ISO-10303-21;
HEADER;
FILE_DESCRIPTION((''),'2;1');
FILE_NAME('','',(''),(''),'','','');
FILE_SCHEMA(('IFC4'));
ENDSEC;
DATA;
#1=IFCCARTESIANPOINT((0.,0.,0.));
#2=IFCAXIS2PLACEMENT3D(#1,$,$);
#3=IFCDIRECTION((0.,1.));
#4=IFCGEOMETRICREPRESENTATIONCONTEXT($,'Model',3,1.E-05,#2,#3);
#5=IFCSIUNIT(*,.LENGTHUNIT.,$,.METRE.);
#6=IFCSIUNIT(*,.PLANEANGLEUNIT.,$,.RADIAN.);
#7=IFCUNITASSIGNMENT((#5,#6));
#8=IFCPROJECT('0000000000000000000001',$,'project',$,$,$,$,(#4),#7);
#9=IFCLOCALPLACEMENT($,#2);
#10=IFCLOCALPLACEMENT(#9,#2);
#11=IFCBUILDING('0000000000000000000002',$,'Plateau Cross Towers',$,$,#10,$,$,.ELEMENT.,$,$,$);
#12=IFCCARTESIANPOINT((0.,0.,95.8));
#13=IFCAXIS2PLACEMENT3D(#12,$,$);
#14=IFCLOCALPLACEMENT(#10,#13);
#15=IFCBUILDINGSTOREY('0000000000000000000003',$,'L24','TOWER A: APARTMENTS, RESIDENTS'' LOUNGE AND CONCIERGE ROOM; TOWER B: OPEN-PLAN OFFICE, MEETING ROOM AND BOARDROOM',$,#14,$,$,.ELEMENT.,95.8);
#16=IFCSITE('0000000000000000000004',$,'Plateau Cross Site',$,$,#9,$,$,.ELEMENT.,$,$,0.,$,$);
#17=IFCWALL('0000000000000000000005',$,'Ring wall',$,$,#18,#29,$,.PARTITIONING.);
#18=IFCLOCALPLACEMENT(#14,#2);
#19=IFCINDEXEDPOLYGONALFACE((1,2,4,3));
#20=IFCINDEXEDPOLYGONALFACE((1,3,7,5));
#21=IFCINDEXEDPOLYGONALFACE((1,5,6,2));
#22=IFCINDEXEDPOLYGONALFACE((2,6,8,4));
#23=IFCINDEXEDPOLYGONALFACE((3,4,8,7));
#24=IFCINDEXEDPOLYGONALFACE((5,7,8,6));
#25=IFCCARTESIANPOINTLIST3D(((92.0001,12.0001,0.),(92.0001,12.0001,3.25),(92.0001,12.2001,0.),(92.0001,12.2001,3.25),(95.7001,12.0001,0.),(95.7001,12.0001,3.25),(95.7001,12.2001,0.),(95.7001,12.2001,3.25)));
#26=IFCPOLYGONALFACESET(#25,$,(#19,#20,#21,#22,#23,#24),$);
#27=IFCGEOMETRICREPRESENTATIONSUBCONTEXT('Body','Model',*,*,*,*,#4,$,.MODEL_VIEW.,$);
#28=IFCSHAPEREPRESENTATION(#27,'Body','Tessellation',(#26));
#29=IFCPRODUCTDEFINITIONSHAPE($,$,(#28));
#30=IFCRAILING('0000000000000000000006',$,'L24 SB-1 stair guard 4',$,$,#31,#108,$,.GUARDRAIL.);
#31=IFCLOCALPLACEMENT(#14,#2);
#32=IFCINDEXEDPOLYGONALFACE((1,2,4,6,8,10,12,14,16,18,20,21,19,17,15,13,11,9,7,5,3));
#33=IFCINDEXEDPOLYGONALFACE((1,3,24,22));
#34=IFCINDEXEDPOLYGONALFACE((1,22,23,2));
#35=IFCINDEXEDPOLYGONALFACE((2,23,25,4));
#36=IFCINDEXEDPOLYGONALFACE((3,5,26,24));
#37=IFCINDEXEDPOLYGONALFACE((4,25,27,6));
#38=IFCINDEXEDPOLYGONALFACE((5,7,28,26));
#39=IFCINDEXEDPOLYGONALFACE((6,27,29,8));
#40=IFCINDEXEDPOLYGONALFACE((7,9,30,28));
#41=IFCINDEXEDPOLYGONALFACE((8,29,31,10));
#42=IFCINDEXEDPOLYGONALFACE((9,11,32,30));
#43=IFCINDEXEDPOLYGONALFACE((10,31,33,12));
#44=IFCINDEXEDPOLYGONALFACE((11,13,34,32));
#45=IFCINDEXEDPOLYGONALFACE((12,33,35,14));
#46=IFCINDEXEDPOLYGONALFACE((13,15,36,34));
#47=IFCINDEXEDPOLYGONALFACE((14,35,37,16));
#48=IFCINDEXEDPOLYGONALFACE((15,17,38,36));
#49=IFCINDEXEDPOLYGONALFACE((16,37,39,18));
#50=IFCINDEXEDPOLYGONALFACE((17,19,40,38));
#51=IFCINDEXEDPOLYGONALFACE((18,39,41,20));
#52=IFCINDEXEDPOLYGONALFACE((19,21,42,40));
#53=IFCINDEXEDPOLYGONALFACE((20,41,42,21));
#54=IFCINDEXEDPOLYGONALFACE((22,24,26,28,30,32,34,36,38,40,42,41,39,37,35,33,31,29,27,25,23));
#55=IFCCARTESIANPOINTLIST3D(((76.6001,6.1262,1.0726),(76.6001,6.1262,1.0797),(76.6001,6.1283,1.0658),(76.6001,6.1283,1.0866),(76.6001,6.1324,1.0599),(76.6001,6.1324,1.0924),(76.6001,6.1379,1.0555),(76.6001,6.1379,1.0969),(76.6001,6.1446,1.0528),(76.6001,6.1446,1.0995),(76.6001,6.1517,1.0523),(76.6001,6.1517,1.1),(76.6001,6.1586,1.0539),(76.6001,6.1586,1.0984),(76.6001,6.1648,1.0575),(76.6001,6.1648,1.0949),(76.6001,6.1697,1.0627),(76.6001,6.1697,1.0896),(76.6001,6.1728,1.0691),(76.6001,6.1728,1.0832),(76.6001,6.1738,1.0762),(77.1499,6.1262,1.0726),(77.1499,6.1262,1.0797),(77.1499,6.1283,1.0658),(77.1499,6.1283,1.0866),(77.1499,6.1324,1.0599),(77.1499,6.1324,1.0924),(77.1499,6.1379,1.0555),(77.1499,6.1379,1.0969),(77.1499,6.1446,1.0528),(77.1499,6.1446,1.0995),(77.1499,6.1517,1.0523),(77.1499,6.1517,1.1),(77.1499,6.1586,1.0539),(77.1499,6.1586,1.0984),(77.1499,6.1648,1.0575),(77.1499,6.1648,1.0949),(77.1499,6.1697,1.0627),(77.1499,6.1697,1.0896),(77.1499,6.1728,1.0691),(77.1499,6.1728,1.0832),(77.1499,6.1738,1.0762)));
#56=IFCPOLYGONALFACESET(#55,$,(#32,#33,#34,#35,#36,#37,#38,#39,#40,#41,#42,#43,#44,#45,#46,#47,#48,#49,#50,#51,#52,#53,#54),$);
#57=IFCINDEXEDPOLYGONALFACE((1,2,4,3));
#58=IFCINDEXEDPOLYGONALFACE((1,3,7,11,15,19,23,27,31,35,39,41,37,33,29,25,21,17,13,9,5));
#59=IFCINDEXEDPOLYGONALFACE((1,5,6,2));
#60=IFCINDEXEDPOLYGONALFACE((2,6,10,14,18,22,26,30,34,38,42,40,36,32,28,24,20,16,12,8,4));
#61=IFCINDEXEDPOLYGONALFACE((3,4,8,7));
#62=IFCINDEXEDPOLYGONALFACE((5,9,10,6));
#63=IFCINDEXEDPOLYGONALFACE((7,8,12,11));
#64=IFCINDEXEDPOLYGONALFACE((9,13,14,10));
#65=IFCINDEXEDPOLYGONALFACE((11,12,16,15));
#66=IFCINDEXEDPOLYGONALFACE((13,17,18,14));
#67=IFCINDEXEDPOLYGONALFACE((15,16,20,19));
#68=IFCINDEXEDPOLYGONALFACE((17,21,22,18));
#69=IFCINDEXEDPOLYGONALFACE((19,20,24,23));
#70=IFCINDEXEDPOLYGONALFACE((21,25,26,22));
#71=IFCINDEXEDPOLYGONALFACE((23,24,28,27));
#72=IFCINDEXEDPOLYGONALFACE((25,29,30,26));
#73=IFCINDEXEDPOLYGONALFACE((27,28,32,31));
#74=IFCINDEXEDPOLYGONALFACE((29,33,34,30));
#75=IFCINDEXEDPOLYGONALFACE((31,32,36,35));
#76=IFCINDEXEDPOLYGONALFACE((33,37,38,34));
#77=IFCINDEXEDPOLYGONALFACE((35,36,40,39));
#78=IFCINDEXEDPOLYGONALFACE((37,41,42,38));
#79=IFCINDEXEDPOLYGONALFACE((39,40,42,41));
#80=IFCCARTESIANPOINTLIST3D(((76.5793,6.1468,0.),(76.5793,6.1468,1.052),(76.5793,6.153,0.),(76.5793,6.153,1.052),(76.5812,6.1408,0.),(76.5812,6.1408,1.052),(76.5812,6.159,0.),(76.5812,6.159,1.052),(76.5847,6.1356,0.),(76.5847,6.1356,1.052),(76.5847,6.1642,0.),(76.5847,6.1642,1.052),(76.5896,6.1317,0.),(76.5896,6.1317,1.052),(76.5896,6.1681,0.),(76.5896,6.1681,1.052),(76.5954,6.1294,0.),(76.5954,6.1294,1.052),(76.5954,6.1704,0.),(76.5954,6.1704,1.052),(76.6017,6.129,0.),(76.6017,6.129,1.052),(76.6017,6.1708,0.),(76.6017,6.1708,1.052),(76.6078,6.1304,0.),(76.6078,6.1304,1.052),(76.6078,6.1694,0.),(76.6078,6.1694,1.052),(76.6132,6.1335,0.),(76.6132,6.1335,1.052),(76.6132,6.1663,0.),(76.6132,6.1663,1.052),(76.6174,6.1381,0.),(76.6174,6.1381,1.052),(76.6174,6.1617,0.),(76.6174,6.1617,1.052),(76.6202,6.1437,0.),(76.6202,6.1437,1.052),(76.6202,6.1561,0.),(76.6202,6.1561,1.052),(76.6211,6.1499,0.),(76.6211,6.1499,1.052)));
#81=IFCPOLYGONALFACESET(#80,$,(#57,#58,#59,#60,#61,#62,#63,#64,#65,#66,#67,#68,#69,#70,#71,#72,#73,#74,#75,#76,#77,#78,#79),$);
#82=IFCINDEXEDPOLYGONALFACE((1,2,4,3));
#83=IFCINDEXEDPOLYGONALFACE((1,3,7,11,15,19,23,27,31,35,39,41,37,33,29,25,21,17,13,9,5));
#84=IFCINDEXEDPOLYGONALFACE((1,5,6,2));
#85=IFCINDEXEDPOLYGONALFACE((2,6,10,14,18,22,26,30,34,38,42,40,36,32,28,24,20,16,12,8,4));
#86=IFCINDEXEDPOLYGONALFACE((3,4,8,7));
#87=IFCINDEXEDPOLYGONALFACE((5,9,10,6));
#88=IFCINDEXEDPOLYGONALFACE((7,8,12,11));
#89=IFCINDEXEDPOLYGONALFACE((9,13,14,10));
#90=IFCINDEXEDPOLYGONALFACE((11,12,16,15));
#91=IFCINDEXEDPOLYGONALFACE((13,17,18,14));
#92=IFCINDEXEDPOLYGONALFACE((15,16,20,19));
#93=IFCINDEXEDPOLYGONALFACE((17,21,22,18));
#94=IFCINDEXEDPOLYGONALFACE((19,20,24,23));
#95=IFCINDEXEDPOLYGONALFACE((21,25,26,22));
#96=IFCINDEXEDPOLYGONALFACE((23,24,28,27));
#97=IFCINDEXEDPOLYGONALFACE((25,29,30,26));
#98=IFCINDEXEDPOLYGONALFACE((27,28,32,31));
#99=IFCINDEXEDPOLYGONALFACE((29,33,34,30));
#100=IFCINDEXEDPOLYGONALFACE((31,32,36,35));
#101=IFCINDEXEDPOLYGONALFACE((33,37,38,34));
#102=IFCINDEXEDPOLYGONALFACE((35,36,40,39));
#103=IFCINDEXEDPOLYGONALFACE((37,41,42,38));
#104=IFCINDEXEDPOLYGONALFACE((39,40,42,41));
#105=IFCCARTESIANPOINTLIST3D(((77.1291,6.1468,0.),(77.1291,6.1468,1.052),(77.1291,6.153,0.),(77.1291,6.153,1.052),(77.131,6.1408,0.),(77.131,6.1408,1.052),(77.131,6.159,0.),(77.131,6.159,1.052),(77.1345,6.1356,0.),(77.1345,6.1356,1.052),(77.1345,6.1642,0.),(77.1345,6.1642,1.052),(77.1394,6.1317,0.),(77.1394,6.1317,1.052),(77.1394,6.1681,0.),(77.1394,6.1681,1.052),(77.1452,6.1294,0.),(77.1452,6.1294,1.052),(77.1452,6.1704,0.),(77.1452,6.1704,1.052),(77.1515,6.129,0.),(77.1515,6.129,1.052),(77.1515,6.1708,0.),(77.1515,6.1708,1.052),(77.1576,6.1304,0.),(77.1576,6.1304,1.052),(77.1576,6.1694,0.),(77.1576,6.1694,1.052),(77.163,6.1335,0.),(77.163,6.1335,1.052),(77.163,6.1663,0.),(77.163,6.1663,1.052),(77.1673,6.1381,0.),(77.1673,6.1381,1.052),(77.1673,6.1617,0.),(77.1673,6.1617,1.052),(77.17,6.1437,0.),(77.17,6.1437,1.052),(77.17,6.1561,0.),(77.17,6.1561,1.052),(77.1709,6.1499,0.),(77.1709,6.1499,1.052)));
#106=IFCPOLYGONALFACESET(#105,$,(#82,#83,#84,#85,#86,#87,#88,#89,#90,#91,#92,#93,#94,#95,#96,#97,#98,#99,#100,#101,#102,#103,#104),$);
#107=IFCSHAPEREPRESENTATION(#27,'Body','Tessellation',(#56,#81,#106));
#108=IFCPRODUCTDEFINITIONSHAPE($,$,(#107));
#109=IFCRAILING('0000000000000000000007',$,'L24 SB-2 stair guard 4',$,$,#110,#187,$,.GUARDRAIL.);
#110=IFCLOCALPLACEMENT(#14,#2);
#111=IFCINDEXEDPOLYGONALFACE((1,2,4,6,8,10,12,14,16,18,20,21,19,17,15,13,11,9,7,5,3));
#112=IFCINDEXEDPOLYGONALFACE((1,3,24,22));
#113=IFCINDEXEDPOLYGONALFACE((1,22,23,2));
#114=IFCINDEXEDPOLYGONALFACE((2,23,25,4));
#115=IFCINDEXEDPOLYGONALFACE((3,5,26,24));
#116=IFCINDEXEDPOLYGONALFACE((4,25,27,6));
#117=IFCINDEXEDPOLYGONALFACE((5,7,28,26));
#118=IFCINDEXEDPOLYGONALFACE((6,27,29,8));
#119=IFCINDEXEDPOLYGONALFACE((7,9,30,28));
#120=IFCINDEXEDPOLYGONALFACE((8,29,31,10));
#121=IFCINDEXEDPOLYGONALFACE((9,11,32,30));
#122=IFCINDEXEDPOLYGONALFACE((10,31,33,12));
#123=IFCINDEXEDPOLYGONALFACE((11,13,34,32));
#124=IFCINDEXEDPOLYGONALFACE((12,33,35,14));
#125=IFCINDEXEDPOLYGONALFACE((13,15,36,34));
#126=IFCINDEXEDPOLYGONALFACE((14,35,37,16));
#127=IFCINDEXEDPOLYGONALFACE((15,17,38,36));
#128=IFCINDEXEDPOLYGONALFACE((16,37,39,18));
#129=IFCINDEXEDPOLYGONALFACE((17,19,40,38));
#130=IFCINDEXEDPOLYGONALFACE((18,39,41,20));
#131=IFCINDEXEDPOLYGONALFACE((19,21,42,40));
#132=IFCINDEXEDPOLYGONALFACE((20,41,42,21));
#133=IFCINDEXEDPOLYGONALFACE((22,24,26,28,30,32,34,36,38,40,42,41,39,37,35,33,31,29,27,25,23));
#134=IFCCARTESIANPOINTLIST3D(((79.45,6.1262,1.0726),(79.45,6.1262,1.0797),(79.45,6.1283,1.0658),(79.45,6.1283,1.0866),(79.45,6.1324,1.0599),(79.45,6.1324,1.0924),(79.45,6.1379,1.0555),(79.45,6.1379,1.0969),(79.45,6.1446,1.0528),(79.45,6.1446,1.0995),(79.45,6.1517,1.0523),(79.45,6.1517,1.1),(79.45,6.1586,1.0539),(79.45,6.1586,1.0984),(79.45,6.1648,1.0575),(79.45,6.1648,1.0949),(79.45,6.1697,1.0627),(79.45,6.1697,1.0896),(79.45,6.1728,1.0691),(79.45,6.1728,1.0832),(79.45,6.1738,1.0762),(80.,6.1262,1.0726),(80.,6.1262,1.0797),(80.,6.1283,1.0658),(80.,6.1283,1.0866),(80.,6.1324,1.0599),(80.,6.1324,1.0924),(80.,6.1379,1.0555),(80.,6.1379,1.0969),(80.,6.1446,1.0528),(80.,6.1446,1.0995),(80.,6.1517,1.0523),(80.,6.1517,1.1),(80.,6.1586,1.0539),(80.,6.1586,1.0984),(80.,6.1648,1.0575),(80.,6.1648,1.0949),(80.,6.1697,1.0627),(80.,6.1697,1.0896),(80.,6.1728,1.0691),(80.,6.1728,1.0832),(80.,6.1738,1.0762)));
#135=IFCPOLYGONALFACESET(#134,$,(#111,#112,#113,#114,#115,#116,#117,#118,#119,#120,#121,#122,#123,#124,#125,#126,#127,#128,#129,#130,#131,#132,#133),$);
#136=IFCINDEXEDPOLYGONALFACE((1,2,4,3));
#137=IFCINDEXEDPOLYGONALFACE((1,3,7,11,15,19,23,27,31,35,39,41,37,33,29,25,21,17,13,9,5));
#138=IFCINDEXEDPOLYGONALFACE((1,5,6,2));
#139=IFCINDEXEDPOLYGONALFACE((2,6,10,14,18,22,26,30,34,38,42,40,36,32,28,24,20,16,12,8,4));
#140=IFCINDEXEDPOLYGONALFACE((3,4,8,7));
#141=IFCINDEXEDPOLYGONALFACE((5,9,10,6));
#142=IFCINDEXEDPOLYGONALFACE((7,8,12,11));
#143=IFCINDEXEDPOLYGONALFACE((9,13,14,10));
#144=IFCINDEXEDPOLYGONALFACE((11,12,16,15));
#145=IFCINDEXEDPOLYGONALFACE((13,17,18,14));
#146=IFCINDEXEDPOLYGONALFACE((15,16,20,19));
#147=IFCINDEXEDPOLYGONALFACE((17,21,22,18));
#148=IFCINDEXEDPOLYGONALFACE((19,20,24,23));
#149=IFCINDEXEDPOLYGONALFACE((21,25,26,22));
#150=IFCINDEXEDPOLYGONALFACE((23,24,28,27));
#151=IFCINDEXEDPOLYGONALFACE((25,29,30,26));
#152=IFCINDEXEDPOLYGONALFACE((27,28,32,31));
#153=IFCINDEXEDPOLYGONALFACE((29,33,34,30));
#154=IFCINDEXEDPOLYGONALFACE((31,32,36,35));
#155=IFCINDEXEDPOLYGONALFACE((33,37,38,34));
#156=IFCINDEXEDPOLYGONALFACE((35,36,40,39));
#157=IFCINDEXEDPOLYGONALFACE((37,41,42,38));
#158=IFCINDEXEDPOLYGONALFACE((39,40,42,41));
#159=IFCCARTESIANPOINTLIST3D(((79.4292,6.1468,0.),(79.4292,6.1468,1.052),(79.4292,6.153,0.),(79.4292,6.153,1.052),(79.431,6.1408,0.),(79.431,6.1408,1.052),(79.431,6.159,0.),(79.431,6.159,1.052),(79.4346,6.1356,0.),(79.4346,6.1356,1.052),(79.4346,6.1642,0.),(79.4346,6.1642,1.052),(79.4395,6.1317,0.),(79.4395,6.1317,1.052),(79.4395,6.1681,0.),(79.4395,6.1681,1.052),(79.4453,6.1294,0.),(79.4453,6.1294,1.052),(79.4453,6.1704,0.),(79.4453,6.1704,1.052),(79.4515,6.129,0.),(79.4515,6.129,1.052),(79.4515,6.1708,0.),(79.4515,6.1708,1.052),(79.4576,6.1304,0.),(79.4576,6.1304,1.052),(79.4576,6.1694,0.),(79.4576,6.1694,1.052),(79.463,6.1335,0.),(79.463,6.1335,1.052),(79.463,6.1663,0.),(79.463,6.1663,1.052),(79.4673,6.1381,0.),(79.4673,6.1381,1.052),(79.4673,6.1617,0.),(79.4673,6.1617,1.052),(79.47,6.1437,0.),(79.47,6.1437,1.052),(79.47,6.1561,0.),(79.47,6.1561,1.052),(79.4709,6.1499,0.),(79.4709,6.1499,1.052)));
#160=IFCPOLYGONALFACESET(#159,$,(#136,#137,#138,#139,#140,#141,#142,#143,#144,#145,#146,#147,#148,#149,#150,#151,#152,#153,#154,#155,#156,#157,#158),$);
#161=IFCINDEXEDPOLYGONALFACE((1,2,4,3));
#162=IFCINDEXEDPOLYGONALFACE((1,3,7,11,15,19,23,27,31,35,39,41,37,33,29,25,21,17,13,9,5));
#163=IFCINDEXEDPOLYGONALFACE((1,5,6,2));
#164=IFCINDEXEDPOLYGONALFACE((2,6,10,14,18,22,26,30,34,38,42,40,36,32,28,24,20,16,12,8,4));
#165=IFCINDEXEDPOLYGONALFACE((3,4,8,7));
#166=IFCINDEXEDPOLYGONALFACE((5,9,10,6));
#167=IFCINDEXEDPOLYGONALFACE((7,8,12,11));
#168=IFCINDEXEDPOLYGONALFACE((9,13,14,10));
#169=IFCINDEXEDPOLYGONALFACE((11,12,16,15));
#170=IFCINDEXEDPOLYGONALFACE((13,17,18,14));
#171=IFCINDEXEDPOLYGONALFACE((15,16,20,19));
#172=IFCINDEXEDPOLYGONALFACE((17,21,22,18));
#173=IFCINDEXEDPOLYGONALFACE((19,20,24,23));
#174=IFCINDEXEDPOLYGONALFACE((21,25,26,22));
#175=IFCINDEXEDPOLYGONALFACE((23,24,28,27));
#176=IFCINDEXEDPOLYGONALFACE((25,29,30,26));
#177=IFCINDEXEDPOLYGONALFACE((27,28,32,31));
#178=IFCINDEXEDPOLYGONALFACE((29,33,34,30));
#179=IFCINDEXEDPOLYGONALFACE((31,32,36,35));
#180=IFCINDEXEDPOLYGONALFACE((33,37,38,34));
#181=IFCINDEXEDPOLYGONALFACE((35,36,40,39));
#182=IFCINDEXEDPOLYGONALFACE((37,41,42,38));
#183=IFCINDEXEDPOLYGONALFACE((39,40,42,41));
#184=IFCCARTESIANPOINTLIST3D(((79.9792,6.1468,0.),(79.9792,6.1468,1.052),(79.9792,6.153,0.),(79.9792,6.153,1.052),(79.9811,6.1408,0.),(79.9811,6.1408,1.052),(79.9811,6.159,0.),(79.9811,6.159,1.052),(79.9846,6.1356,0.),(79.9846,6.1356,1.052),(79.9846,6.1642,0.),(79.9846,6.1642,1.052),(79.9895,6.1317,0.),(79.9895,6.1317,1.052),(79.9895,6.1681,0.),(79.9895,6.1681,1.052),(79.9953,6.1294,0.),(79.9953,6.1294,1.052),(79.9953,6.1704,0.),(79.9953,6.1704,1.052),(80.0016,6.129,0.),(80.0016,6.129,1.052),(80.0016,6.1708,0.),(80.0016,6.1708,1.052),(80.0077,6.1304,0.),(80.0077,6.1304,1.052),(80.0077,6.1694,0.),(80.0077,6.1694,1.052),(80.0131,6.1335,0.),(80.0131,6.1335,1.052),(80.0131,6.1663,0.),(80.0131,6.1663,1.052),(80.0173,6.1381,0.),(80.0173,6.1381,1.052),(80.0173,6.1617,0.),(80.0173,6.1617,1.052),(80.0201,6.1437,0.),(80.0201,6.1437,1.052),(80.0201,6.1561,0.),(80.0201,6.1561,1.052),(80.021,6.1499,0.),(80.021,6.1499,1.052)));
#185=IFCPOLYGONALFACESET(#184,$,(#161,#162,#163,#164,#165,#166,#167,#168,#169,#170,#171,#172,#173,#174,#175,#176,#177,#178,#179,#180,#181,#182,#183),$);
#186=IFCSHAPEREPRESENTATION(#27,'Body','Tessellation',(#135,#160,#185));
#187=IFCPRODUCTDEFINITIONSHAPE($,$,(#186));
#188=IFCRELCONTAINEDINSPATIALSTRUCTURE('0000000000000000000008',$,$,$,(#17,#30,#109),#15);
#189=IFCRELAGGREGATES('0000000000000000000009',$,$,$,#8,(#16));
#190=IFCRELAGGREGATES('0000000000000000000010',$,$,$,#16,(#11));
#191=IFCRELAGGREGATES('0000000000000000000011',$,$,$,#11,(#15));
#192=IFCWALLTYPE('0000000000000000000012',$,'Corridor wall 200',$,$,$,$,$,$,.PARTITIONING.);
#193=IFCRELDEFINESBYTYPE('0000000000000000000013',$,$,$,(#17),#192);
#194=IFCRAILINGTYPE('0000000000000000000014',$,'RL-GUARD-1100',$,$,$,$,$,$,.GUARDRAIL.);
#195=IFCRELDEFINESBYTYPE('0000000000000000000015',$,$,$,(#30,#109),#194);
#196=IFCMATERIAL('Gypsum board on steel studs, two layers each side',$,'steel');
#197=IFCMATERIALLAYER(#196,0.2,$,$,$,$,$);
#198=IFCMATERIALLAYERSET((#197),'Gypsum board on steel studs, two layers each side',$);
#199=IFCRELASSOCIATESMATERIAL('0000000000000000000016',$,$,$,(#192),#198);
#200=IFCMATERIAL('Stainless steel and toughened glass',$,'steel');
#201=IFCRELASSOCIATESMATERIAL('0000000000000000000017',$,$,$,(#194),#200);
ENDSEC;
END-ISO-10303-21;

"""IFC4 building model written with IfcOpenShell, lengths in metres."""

from ifc_helpers import new_model, si_unit, direction, frame, frame_2d, origin, origin_2d, place, context, subcontext, project, spatial, rectangle, circle, extrude, material, layer, layer_set, type_object, element, save


model = new_model("IFC4")

# Units and contexts
model_context = context("Model", 3, precision=1e-05, world=origin(), true_north=direction((0.0, 1.0)))
body_context = subcontext(model_context, "Body", "Model", "MODEL_VIEW")
ifc_project = project(units=[si_unit("LENGTHUNIT", "METRE"), si_unit("PLANEANGLEUNIT", "RADIAN")], contexts=[model_context])

# Site, building, storey
site_placement = place(None, origin())
site = spatial("IfcSite", under=ifc_project, at=site_placement, Name="Plateau Cross Site", CompositionType="ELEMENT", RefElevation=0.0)
building_placement = place(site_placement, origin())
building = spatial("IfcBuilding", under=site, at=building_placement, Name="Plateau Cross Towers", CompositionType="ELEMENT")
storey_placement = place(building_placement, frame((0.0, 0.0, 95.8)))
storey = spatial("IfcBuildingStorey", under=building, at=storey_placement, Name="L24", Description="TOWER A: APARTMENTS, RESIDENTS' LOUNGE AND CONCIERGE ROOM; TOWER B: OPEN-PLAN OFFICE, MEETING ROOM AND BOARDROOM", CompositionType="ELEMENT", Elevation=95.8)

# Shared definitions
ifc_material_1 = material(Name="Gypsum board on steel studs, two layers each side", Category="steel")
ifc_layer_1 = layer(ifc_material_1, 0.2)
ifc_layer_set_1 = layer_set([ifc_layer_1], Name="Gypsum board on steel studs, two layers each side")
wall_type_1 = type_object("IfcWallType", Name="Corridor wall 200", PredefinedType="PARTITIONING", material=ifc_layer_set_1)

# Wall
for number, where, z_axis, x_axis, name in (
    (1, (92.0, 12.1001, 0.0), (0.0, 0.0, 1.0), (1.0, 0.0, 0.0), "Ring wall"),
):
    element("IfcWall", number, at=place(storey_placement, frame(where, z_axis=z_axis, x_axis=x_axis)), inside=storey, type_object=wall_type_1, Name=name, PredefinedType="PARTITIONING", context=body_context, shape_type="SweptSolid", body=[
        extrude(rectangle(XDim=3.7, YDim=0.2, at=frame_2d((1.8501, 0.0))), origin(), (0.0, 0.0, 1.0), 3.25),
    ])

# Railings
ifc_material_2 = material(Name="Stainless steel and toughened glass", Category="steel")
railing_type = type_object("IfcRailingType", Name="RL-GUARD-1100", PredefinedType="GUARDRAIL", material=ifc_material_2)
railing_1_placement = place(storey_placement, frame((76.6001, 6.1499, 0.0)))
element("IfcRailing", 2, at=railing_1_placement, inside=storey, type_object=railing_type, Name="L24 SB-1 stair guard 4", PredefinedType="GUARDRAIL", context=body_context, shape_type="SweptSolid", body=[
    extrude(circle(Radius=0.0239, at=origin_2d()), frame((0.0, 0.0, 1.0762), z_axis=(1.0, 0.0, 0.0), x_axis=(0.0, 1.0, 0.0)), (0.0, 0.0, 1.0), 0.5498),
    extrude(circle(Radius=0.021, at=origin_2d()), origin(), (0.0, 0.0, 1.0), 1.052),
    extrude(circle(Radius=0.021, at=origin_2d()), frame((0.5498, 0.0, 0.0)), (0.0, 0.0, 1.0), 1.052),
])
railing_2_placement = place(storey_placement, frame((79.45, 6.1499, 0.0)))
element("IfcRailing", 3, at=railing_2_placement, inside=storey, type_object=railing_type, Name="L24 SB-2 stair guard 4", PredefinedType="GUARDRAIL", context=body_context, shape_type="SweptSolid", body=[
    extrude(circle(Radius=0.0239, at=origin_2d()), frame((0.0, 0.0, 1.0762), z_axis=(1.0, 0.0, 0.0), x_axis=(0.0, 1.0, 0.0)), (0.0, 0.0, 1.0), 0.55),
    extrude(circle(Radius=0.021, at=origin_2d()), origin(), (0.0, 0.0, 1.0), 1.052),
    extrude(circle(Radius=0.021, at=origin_2d()), frame((0.55, 0.0, 0.0)), (0.0, 0.0, 1.0), 1.052),
])

save(model, "model.ifc")
